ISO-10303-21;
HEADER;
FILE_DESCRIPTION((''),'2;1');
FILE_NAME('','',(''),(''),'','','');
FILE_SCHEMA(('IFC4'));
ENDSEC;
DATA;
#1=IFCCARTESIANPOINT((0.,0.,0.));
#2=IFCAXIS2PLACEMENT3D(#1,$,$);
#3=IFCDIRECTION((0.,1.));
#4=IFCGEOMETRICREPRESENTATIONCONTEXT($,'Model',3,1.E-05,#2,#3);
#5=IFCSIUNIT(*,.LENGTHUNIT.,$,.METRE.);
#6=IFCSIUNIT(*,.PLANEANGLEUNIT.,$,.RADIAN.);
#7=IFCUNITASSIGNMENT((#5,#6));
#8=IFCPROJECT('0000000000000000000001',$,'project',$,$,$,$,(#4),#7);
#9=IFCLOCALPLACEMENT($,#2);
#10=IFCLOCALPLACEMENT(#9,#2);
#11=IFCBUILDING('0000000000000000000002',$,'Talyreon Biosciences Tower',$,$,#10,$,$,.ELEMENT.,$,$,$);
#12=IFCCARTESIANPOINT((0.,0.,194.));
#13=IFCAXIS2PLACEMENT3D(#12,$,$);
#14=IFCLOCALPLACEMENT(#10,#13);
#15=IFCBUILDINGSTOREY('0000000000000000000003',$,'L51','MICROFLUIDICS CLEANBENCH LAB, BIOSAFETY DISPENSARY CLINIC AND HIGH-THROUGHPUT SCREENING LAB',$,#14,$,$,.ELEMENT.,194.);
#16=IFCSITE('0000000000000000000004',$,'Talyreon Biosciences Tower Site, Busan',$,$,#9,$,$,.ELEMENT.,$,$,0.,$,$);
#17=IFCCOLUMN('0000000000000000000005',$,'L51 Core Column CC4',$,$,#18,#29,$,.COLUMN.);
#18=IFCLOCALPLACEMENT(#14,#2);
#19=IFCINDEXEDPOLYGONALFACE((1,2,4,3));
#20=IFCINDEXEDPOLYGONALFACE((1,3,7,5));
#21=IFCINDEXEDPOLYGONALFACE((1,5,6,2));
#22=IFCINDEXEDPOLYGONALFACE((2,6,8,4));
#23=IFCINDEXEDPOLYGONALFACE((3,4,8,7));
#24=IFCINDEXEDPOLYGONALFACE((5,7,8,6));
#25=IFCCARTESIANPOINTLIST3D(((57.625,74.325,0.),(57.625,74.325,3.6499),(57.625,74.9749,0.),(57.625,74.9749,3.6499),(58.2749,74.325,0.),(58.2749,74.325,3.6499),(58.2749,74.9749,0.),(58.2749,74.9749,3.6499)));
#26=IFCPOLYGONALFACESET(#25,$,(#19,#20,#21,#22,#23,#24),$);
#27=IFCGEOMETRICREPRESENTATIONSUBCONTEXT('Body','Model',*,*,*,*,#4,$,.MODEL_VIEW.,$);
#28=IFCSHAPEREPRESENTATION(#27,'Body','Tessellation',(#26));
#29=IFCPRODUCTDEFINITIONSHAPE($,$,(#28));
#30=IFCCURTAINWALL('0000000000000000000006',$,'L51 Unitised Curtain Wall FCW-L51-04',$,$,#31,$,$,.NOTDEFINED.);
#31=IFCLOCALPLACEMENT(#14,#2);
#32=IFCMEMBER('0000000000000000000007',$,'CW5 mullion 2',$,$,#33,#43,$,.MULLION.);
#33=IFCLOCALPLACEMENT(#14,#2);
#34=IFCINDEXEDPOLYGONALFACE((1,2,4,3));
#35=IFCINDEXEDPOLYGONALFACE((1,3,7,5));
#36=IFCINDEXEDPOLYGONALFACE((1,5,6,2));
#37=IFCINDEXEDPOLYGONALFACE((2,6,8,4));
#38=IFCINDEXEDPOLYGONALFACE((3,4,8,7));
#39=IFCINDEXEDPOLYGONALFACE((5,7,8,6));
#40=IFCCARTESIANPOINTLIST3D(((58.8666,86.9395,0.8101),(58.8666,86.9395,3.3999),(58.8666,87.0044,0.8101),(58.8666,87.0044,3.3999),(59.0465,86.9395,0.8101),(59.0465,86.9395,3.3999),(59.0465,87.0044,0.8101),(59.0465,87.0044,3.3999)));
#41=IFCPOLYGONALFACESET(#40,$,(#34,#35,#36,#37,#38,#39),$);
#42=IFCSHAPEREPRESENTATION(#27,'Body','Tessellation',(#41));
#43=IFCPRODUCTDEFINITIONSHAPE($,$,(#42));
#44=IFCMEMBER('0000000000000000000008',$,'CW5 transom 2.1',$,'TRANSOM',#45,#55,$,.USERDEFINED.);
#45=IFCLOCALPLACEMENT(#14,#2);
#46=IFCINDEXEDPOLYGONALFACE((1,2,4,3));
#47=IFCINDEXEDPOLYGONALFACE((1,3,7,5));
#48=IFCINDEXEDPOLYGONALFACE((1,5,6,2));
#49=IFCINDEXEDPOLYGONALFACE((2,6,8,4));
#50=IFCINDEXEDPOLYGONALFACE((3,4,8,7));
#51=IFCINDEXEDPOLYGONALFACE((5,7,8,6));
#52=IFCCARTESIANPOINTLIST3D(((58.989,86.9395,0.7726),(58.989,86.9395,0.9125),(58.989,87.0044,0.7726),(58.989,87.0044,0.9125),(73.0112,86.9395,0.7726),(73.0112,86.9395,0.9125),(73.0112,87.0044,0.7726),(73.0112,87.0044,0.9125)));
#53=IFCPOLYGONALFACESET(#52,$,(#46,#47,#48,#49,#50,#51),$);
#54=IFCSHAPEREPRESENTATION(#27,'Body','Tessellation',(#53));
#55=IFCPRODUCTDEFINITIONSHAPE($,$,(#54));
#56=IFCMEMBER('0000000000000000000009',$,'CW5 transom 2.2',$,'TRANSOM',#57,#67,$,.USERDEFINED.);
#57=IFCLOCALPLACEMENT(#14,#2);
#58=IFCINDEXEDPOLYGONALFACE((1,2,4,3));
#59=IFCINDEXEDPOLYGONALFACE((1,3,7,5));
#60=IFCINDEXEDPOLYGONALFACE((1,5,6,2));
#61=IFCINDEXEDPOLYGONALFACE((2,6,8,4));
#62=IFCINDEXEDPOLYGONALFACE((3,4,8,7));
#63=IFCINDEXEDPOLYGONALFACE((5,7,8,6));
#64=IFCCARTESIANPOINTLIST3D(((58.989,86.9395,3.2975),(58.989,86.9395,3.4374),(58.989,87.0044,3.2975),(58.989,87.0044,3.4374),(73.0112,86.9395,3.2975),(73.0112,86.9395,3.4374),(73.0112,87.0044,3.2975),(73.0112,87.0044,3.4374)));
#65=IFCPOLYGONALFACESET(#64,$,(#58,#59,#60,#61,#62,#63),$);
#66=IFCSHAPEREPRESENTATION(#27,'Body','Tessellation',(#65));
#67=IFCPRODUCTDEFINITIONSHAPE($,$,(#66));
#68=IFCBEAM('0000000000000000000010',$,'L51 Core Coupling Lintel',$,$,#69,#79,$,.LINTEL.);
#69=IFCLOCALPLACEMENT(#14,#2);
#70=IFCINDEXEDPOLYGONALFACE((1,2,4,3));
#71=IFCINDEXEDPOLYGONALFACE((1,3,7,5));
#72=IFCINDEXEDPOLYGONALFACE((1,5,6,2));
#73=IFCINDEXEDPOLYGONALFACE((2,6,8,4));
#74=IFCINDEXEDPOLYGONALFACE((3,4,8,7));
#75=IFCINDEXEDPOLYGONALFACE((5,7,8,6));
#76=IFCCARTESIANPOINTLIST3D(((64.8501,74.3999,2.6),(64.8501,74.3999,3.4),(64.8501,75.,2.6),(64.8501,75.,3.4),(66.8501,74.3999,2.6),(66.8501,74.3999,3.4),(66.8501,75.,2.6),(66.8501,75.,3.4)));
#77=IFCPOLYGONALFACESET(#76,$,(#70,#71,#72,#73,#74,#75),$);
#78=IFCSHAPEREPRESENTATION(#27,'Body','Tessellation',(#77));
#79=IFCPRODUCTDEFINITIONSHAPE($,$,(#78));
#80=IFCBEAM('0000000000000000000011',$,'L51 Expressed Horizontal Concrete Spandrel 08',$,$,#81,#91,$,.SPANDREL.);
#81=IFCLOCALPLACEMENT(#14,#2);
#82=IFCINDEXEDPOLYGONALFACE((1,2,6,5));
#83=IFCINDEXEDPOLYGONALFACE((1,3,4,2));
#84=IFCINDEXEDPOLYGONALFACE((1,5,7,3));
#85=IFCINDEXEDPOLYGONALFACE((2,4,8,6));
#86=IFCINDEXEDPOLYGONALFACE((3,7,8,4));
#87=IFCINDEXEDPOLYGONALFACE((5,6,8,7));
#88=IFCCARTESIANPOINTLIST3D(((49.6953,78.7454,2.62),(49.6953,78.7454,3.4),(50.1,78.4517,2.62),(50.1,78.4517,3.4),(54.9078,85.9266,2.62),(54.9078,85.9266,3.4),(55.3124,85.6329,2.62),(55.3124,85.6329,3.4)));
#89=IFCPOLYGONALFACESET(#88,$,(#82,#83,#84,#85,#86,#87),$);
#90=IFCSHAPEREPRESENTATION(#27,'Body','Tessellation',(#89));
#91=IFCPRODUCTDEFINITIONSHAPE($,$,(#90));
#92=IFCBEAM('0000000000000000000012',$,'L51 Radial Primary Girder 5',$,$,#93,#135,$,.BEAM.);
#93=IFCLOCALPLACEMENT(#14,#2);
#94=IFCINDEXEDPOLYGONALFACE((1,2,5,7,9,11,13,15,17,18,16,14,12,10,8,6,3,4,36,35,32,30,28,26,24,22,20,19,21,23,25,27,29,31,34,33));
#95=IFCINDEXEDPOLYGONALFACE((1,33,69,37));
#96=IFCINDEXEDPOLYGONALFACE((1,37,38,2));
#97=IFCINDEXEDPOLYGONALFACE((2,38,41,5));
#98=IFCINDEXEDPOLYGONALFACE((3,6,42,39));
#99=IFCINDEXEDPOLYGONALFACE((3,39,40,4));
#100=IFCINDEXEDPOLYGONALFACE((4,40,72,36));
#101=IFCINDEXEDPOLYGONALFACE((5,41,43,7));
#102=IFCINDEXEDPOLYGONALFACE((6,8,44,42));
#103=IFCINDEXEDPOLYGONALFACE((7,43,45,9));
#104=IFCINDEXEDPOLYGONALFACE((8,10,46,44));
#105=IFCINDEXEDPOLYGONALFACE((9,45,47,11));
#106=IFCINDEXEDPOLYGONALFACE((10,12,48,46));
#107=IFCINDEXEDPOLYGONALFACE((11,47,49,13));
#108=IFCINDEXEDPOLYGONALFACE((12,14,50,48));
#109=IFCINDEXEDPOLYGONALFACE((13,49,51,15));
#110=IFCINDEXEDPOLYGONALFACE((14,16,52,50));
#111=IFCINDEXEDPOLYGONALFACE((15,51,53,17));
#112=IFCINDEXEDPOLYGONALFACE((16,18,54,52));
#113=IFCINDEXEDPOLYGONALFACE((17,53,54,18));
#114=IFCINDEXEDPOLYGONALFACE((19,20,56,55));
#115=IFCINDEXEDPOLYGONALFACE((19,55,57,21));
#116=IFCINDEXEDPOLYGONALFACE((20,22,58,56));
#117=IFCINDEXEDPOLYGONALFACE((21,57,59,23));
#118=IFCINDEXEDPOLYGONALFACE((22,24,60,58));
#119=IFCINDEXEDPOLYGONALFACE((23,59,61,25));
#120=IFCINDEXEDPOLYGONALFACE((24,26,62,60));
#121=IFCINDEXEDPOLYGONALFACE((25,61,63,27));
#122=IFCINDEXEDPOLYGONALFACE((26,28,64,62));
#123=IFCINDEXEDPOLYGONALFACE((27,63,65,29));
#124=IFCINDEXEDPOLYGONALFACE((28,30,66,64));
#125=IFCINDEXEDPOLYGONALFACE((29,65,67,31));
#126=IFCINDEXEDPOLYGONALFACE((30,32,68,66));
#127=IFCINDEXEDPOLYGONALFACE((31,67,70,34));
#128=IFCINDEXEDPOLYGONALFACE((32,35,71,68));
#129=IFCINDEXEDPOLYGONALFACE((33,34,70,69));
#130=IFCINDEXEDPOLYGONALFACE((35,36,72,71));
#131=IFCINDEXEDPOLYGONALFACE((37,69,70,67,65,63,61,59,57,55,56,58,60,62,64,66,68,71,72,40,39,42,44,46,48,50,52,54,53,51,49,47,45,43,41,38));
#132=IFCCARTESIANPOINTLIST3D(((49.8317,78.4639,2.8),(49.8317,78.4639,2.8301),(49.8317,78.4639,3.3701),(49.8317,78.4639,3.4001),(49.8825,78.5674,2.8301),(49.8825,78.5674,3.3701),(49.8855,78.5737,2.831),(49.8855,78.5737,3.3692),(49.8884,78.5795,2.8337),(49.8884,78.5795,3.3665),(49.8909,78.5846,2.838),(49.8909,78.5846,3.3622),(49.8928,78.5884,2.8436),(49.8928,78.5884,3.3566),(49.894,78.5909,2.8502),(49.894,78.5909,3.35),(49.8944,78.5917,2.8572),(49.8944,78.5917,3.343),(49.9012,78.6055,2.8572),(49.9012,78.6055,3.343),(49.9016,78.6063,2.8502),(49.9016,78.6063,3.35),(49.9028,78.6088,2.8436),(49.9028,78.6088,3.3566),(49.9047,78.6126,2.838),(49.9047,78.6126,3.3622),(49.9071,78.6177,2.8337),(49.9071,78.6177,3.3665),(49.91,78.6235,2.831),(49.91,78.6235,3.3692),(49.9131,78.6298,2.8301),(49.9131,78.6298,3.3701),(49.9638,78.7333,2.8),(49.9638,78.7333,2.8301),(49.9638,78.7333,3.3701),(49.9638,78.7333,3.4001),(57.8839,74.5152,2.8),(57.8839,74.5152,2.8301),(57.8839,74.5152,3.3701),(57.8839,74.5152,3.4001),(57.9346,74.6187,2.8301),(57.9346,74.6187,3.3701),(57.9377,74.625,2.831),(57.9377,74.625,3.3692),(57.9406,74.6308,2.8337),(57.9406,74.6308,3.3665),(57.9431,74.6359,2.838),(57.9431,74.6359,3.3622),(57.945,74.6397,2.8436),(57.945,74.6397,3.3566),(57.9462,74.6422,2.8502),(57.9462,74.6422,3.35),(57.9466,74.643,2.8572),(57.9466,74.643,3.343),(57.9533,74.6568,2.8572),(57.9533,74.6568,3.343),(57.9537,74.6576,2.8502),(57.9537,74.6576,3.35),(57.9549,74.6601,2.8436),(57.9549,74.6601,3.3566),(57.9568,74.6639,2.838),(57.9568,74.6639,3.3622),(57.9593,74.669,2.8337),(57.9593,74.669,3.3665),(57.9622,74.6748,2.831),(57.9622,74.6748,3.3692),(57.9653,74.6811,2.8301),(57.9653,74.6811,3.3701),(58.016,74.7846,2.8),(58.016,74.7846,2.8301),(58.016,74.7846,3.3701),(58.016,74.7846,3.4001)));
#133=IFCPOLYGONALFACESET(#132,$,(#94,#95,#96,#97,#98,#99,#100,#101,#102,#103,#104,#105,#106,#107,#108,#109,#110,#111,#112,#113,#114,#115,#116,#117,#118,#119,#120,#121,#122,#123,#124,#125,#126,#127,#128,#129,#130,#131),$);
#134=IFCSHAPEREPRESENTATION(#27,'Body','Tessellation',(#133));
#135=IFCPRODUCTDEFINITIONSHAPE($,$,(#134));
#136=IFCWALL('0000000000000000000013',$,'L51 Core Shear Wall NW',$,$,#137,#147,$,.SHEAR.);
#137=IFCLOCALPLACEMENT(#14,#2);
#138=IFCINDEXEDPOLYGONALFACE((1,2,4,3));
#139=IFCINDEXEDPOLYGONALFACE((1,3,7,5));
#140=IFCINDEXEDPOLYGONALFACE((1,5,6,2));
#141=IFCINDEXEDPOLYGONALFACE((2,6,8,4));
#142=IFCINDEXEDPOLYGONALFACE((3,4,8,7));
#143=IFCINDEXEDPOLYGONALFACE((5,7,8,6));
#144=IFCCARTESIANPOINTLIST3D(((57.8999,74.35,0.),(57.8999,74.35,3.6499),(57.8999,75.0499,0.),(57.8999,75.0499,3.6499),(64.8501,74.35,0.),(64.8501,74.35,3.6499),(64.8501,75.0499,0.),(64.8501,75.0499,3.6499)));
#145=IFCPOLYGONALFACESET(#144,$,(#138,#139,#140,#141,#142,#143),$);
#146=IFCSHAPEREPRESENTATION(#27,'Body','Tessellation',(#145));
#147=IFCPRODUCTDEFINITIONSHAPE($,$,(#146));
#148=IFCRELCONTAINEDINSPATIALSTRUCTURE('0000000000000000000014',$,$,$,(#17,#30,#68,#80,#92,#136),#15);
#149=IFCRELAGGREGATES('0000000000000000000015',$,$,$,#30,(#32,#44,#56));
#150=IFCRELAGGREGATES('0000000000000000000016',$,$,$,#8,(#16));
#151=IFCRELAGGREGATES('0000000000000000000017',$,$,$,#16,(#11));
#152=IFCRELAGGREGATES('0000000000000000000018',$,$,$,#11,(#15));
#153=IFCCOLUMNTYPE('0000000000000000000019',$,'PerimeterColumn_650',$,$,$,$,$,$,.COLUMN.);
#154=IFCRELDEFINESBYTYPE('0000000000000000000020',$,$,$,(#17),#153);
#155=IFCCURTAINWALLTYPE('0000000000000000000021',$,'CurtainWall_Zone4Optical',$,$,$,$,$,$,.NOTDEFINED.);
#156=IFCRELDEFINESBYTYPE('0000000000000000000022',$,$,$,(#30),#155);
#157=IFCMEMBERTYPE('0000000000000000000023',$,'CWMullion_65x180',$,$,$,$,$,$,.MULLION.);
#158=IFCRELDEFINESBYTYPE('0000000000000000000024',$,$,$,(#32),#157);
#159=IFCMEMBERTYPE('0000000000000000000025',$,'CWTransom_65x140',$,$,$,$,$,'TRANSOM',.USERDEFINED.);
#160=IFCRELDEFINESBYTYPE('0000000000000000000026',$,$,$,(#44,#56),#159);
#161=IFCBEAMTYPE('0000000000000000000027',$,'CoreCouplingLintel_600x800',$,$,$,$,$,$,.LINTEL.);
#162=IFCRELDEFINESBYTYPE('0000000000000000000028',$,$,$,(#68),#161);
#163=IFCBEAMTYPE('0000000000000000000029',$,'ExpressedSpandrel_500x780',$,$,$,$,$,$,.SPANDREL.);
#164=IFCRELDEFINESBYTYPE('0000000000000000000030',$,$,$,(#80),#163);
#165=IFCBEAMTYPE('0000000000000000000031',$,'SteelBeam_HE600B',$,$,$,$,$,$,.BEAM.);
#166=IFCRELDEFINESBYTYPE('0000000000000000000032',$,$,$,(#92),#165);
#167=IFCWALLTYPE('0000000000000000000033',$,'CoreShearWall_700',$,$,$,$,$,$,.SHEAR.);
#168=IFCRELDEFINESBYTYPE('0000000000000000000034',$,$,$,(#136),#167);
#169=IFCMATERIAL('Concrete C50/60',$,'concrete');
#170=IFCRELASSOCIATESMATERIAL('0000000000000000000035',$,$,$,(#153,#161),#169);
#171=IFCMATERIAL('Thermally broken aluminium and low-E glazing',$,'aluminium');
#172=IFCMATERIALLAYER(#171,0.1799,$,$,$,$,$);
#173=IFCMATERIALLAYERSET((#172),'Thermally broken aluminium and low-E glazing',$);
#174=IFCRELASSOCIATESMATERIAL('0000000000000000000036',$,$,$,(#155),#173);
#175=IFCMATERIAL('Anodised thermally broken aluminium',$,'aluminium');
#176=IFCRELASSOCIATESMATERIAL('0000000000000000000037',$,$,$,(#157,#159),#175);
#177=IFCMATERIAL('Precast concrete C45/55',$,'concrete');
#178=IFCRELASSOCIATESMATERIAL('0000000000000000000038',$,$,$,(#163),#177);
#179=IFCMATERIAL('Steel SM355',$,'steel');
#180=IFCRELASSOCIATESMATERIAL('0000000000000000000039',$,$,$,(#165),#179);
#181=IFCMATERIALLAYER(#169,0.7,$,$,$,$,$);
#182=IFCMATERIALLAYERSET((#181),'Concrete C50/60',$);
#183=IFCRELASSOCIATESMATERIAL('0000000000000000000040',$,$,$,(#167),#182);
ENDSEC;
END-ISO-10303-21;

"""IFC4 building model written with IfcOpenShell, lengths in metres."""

from ifc_helpers import new_model, si_unit, direction, frame, frame_2d, origin, origin_2d, place, context, subcontext, project, spatial, rectangle, i_section, extrude, material, layer, layer_set, material_profile, profile_set, type_object, element, aggregate, save


model = new_model("IFC4")

# Units and contexts
model_context = context("Model", 3, precision=1e-05, world=origin(), true_north=direction((0.0, 1.0)))
body_context = subcontext(model_context, "Body", "Model", "MODEL_VIEW")
ifc_project = project(units=[si_unit("LENGTHUNIT", "METRE"), si_unit("PLANEANGLEUNIT", "RADIAN")], contexts=[model_context])

# Site, building, storey
site_placement = place(None, origin())
site = spatial("IfcSite", under=ifc_project, at=site_placement, Name="Talyreon Biosciences Tower Site, Busan", CompositionType="ELEMENT", RefElevation=0.0)
building_placement = place(site_placement, origin())
building = spatial("IfcBuilding", under=site, at=building_placement, Name="Talyreon Biosciences Tower", CompositionType="ELEMENT")
storey_placement = place(building_placement, frame((0.0, 0.0, 194.0)))
storey = spatial("IfcBuildingStorey", under=building, at=storey_placement, Name="L51", Description="MICROFLUIDICS CLEANBENCH LAB, BIOSAFETY DISPENSARY CLINIC AND HIGH-THROUGHPUT SCREENING LAB", CompositionType="ELEMENT", Elevation=194.0)

# Column
ifc_material_1 = material(Name="Concrete C50/60", Category="concrete")
ifc_material_profile_1 = material_profile(ifc_material_1, rectangle(XDim=0.6499, YDim=0.6499, at=origin_2d()), Name="RC 650x650")
ifc_profile_set_1 = profile_set([ifc_material_profile_1], Name="Concrete C50/60")
column_type = type_object("IfcColumnType", Name="PerimeterColumn_650", PredefinedType="COLUMN", material=ifc_profile_set_1)
column_placement = place(storey_placement, frame((57.95, 74.6499, 0.0), z_axis=(0.0, 0.0, 1.0), x_axis=(1.0, 0.0, 0.0)))
element("IfcColumn", 1, at=column_placement, inside=storey, type_object=column_type, Name="L51 Core Column CC4", PredefinedType="COLUMN", context=body_context, shape_type="SweptSolid", body=[
    extrude(rectangle(XDim=0.6499, YDim=0.6499, at=origin_2d()), origin(), (0.0, 0.0, 1.0), 3.6499),
])

# Curtain wall, members
ifc_material_2 = material(Name="Thermally broken aluminium and low-E glazing", Category="aluminium")
ifc_layer_1 = layer(ifc_material_2, 0.1799)
ifc_layer_set_1 = layer_set([ifc_layer_1], Name="Thermally broken aluminium and low-E glazing")
curtain_wall_type = type_object("IfcCurtainWallType", Name="CurtainWall_Zone4Optical", PredefinedType="NOTDEFINED", material=ifc_layer_set_1)
curtain_wall_placement = place(storey_placement, origin())
curtain_wall = element("IfcCurtainWall", 2, at=curtain_wall_placement, inside=storey, type_object=curtain_wall_type, Name="L51 Unitised Curtain Wall FCW-L51-04", PredefinedType="NOTDEFINED")
ifc_material_3 = material(Name="Anodised thermally broken aluminium", Category="aluminium")
ifc_material_profile_2 = material_profile(ifc_material_3, rectangle(XDim=0.0649, YDim=0.1799, at=origin_2d()), Name="ALUM MULLION 65x180")
ifc_profile_set_2 = profile_set([ifc_material_profile_2], Name="Anodised thermally broken aluminium")
member_type_1 = type_object("IfcMemberType", Name="CWMullion_65x180", PredefinedType="MULLION", material=ifc_profile_set_2)
member_1_placement = place(storey_placement, frame((58.9565, 86.9719, 0.8101), z_axis=(0.0, 0.0, 1.0), x_axis=(0.0, 1.0, 0.0)))
member_1 = element("IfcMember", 3, at=member_1_placement, type_object=member_type_1, Name="CW5 mullion 2", PredefinedType="MULLION", context=body_context, shape_type="SweptSolid", body=[
    extrude(rectangle(XDim=0.0649, YDim=0.1799, at=origin_2d()), origin(), (0.0, 0.0, 1.0), 2.5898),
])
ifc_material_profile_3 = material_profile(ifc_material_3, rectangle(XDim=0.0649, YDim=0.1399, at=origin_2d()), Name="ALUM TRANSOM 65x140")
ifc_profile_set_3 = profile_set([ifc_material_profile_3], Name="Anodised thermally broken aluminium")
member_type_2 = type_object("IfcMemberType", Name="CWTransom_65x140", ElementType="TRANSOM", PredefinedType="USERDEFINED", material=ifc_profile_set_3)
member_2_placement = place(storey_placement, frame((58.989, 86.9719, 0.8425), z_axis=(1.0, 0.0, 0.0), x_axis=(0.0, 1.0, 0.0)))
member_2 = element("IfcMember", 4, at=member_2_placement, type_object=member_type_2, Name="CW5 transom 2.1", ObjectType="TRANSOM", PredefinedType="USERDEFINED", context=body_context, shape_type="SweptSolid", body=[
    extrude(rectangle(XDim=0.0649, YDim=0.1399, at=origin_2d()), origin(), (0.0, 0.0, 1.0), 14.0222),
])
member_3_placement = place(storey_placement, frame((58.989, 86.9719, 3.3674), z_axis=(1.0, 0.0, 0.0), x_axis=(0.0, 1.0, 0.0)))
member_3 = element("IfcMember", 5, at=member_3_placement, type_object=member_type_2, Name="CW5 transom 2.2", ObjectType="TRANSOM", PredefinedType="USERDEFINED", context=body_context, shape_type="SweptSolid", body=[
    extrude(rectangle(XDim=0.0649, YDim=0.1399, at=origin_2d()), origin(), (0.0, 0.0, 1.0), 14.0222),
])
aggregate(curtain_wall, [member_1, member_2, member_3])

# Beams
ifc_material_profile_4 = material_profile(ifc_material_1, rectangle(XDim=0.6001, YDim=0.8, at=origin_2d()), Name="RCB 600x800")
ifc_profile_set_4 = profile_set([ifc_material_profile_4], Name="Concrete C50/60")
beam_type_1 = type_object("IfcBeamType", Name="CoreCouplingLintel_600x800", PredefinedType="LINTEL", material=ifc_profile_set_4)
beam_1_placement = place(storey_placement, frame((64.8501, 74.7, 3.0), z_axis=(1.0, 0.0, 0.0), x_axis=(0.0, 1.0, 0.0)))
element("IfcBeam", 6, at=beam_1_placement, inside=storey, type_object=beam_type_1, Name="L51 Core Coupling Lintel", PredefinedType="LINTEL", context=body_context, shape_type="SweptSolid", body=[
    extrude(rectangle(XDim=0.6001, YDim=0.8, at=origin_2d()), origin(), (0.0, 0.0, 1.0), 2.0),
])
ifc_material_4 = material(Name="Precast concrete C45/55", Category="concrete")
ifc_material_profile_5 = material_profile(ifc_material_4, rectangle(XDim=0.5, YDim=0.78, at=origin_2d()), Name="RCB 500x780")
ifc_profile_set_5 = profile_set([ifc_material_profile_5], Name="Precast concrete C45/55")
beam_type_2 = type_object("IfcBeamType", Name="ExpressedSpandrel_500x780", PredefinedType="SPANDREL", material=ifc_profile_set_5)
beam_2_placement = place(storey_placement, frame((55.1101, 85.7798, 3.01), z_axis=(-0.587416, -0.809285, 0.0), x_axis=(0.809285, -0.587416, 0.0)))
element("IfcBeam", 7, at=beam_2_placement, inside=storey, type_object=beam_type_2, Name="L51 Expressed Horizontal Concrete Spandrel 08", PredefinedType="SPANDREL", context=body_context, shape_type="SweptSolid", body=[
    extrude(rectangle(XDim=0.5, YDim=0.78, at=origin_2d()), origin(), (0.0, 0.0, 1.0), 8.8735),
])
ifc_material_5 = material(Name="Steel SM355", Category="steel")
ifc_material_profile_6 = material_profile(ifc_material_5, i_section(OverallWidth=0.3, OverallDepth=0.6001, WebThickness=0.0154, FlangeThickness=0.03, FilletRadius=0.0271, at=origin_2d()), Name="HE600B")
ifc_profile_set_6 = profile_set([ifc_material_profile_6], Name="Steel SM355")
beam_type_3 = type_object("IfcBeamType", Name="SteelBeam_HE600B", PredefinedType="BEAM", material=ifc_profile_set_6)
beam_3_placement = place(storey_placement, frame((57.95, 74.6499, 3.1001), z_axis=(-0.897852, 0.440297, 0.0), x_axis=(-0.440297, -0.897852, 0.0)))
element("IfcBeam", 8, at=beam_3_placement, inside=storey, type_object=beam_type_3, Name="L51 Radial Primary Girder 5", PredefinedType="BEAM", context=body_context, shape_type="SweptSolid", body=[
    extrude(i_section(OverallWidth=0.3, OverallDepth=0.6001, WebThickness=0.0154, FlangeThickness=0.03, FilletRadius=0.0271, at=origin_2d()), origin(), (0.0, 0.0, 1.0), 8.9683),
])

# Wall
ifc_layer_2 = layer(ifc_material_1, 0.7)
ifc_layer_set_2 = layer_set([ifc_layer_2], Name="Concrete C50/60")
wall_type_1 = type_object("IfcWallType", Name="CoreShearWall_700", PredefinedType="SHEAR", material=ifc_layer_set_2)
wall_1_placement = place(storey_placement, frame((64.8501, 74.7, 0.0), z_axis=(0.0, 0.0, 1.0), x_axis=(-1.0, 0.0, 0.0)))
element("IfcWall", 9, at=wall_1_placement, inside=storey, type_object=wall_type_1, Name="L51 Core Shear Wall NW", PredefinedType="SHEAR", context=body_context, shape_type="SweptSolid", body=[
    extrude(rectangle(XDim=6.9502, YDim=0.7, at=frame_2d((3.4751, 0.0))), origin(), (0.0, 0.0, 1.0), 3.6499),
])

save(model, "model.ifc")
